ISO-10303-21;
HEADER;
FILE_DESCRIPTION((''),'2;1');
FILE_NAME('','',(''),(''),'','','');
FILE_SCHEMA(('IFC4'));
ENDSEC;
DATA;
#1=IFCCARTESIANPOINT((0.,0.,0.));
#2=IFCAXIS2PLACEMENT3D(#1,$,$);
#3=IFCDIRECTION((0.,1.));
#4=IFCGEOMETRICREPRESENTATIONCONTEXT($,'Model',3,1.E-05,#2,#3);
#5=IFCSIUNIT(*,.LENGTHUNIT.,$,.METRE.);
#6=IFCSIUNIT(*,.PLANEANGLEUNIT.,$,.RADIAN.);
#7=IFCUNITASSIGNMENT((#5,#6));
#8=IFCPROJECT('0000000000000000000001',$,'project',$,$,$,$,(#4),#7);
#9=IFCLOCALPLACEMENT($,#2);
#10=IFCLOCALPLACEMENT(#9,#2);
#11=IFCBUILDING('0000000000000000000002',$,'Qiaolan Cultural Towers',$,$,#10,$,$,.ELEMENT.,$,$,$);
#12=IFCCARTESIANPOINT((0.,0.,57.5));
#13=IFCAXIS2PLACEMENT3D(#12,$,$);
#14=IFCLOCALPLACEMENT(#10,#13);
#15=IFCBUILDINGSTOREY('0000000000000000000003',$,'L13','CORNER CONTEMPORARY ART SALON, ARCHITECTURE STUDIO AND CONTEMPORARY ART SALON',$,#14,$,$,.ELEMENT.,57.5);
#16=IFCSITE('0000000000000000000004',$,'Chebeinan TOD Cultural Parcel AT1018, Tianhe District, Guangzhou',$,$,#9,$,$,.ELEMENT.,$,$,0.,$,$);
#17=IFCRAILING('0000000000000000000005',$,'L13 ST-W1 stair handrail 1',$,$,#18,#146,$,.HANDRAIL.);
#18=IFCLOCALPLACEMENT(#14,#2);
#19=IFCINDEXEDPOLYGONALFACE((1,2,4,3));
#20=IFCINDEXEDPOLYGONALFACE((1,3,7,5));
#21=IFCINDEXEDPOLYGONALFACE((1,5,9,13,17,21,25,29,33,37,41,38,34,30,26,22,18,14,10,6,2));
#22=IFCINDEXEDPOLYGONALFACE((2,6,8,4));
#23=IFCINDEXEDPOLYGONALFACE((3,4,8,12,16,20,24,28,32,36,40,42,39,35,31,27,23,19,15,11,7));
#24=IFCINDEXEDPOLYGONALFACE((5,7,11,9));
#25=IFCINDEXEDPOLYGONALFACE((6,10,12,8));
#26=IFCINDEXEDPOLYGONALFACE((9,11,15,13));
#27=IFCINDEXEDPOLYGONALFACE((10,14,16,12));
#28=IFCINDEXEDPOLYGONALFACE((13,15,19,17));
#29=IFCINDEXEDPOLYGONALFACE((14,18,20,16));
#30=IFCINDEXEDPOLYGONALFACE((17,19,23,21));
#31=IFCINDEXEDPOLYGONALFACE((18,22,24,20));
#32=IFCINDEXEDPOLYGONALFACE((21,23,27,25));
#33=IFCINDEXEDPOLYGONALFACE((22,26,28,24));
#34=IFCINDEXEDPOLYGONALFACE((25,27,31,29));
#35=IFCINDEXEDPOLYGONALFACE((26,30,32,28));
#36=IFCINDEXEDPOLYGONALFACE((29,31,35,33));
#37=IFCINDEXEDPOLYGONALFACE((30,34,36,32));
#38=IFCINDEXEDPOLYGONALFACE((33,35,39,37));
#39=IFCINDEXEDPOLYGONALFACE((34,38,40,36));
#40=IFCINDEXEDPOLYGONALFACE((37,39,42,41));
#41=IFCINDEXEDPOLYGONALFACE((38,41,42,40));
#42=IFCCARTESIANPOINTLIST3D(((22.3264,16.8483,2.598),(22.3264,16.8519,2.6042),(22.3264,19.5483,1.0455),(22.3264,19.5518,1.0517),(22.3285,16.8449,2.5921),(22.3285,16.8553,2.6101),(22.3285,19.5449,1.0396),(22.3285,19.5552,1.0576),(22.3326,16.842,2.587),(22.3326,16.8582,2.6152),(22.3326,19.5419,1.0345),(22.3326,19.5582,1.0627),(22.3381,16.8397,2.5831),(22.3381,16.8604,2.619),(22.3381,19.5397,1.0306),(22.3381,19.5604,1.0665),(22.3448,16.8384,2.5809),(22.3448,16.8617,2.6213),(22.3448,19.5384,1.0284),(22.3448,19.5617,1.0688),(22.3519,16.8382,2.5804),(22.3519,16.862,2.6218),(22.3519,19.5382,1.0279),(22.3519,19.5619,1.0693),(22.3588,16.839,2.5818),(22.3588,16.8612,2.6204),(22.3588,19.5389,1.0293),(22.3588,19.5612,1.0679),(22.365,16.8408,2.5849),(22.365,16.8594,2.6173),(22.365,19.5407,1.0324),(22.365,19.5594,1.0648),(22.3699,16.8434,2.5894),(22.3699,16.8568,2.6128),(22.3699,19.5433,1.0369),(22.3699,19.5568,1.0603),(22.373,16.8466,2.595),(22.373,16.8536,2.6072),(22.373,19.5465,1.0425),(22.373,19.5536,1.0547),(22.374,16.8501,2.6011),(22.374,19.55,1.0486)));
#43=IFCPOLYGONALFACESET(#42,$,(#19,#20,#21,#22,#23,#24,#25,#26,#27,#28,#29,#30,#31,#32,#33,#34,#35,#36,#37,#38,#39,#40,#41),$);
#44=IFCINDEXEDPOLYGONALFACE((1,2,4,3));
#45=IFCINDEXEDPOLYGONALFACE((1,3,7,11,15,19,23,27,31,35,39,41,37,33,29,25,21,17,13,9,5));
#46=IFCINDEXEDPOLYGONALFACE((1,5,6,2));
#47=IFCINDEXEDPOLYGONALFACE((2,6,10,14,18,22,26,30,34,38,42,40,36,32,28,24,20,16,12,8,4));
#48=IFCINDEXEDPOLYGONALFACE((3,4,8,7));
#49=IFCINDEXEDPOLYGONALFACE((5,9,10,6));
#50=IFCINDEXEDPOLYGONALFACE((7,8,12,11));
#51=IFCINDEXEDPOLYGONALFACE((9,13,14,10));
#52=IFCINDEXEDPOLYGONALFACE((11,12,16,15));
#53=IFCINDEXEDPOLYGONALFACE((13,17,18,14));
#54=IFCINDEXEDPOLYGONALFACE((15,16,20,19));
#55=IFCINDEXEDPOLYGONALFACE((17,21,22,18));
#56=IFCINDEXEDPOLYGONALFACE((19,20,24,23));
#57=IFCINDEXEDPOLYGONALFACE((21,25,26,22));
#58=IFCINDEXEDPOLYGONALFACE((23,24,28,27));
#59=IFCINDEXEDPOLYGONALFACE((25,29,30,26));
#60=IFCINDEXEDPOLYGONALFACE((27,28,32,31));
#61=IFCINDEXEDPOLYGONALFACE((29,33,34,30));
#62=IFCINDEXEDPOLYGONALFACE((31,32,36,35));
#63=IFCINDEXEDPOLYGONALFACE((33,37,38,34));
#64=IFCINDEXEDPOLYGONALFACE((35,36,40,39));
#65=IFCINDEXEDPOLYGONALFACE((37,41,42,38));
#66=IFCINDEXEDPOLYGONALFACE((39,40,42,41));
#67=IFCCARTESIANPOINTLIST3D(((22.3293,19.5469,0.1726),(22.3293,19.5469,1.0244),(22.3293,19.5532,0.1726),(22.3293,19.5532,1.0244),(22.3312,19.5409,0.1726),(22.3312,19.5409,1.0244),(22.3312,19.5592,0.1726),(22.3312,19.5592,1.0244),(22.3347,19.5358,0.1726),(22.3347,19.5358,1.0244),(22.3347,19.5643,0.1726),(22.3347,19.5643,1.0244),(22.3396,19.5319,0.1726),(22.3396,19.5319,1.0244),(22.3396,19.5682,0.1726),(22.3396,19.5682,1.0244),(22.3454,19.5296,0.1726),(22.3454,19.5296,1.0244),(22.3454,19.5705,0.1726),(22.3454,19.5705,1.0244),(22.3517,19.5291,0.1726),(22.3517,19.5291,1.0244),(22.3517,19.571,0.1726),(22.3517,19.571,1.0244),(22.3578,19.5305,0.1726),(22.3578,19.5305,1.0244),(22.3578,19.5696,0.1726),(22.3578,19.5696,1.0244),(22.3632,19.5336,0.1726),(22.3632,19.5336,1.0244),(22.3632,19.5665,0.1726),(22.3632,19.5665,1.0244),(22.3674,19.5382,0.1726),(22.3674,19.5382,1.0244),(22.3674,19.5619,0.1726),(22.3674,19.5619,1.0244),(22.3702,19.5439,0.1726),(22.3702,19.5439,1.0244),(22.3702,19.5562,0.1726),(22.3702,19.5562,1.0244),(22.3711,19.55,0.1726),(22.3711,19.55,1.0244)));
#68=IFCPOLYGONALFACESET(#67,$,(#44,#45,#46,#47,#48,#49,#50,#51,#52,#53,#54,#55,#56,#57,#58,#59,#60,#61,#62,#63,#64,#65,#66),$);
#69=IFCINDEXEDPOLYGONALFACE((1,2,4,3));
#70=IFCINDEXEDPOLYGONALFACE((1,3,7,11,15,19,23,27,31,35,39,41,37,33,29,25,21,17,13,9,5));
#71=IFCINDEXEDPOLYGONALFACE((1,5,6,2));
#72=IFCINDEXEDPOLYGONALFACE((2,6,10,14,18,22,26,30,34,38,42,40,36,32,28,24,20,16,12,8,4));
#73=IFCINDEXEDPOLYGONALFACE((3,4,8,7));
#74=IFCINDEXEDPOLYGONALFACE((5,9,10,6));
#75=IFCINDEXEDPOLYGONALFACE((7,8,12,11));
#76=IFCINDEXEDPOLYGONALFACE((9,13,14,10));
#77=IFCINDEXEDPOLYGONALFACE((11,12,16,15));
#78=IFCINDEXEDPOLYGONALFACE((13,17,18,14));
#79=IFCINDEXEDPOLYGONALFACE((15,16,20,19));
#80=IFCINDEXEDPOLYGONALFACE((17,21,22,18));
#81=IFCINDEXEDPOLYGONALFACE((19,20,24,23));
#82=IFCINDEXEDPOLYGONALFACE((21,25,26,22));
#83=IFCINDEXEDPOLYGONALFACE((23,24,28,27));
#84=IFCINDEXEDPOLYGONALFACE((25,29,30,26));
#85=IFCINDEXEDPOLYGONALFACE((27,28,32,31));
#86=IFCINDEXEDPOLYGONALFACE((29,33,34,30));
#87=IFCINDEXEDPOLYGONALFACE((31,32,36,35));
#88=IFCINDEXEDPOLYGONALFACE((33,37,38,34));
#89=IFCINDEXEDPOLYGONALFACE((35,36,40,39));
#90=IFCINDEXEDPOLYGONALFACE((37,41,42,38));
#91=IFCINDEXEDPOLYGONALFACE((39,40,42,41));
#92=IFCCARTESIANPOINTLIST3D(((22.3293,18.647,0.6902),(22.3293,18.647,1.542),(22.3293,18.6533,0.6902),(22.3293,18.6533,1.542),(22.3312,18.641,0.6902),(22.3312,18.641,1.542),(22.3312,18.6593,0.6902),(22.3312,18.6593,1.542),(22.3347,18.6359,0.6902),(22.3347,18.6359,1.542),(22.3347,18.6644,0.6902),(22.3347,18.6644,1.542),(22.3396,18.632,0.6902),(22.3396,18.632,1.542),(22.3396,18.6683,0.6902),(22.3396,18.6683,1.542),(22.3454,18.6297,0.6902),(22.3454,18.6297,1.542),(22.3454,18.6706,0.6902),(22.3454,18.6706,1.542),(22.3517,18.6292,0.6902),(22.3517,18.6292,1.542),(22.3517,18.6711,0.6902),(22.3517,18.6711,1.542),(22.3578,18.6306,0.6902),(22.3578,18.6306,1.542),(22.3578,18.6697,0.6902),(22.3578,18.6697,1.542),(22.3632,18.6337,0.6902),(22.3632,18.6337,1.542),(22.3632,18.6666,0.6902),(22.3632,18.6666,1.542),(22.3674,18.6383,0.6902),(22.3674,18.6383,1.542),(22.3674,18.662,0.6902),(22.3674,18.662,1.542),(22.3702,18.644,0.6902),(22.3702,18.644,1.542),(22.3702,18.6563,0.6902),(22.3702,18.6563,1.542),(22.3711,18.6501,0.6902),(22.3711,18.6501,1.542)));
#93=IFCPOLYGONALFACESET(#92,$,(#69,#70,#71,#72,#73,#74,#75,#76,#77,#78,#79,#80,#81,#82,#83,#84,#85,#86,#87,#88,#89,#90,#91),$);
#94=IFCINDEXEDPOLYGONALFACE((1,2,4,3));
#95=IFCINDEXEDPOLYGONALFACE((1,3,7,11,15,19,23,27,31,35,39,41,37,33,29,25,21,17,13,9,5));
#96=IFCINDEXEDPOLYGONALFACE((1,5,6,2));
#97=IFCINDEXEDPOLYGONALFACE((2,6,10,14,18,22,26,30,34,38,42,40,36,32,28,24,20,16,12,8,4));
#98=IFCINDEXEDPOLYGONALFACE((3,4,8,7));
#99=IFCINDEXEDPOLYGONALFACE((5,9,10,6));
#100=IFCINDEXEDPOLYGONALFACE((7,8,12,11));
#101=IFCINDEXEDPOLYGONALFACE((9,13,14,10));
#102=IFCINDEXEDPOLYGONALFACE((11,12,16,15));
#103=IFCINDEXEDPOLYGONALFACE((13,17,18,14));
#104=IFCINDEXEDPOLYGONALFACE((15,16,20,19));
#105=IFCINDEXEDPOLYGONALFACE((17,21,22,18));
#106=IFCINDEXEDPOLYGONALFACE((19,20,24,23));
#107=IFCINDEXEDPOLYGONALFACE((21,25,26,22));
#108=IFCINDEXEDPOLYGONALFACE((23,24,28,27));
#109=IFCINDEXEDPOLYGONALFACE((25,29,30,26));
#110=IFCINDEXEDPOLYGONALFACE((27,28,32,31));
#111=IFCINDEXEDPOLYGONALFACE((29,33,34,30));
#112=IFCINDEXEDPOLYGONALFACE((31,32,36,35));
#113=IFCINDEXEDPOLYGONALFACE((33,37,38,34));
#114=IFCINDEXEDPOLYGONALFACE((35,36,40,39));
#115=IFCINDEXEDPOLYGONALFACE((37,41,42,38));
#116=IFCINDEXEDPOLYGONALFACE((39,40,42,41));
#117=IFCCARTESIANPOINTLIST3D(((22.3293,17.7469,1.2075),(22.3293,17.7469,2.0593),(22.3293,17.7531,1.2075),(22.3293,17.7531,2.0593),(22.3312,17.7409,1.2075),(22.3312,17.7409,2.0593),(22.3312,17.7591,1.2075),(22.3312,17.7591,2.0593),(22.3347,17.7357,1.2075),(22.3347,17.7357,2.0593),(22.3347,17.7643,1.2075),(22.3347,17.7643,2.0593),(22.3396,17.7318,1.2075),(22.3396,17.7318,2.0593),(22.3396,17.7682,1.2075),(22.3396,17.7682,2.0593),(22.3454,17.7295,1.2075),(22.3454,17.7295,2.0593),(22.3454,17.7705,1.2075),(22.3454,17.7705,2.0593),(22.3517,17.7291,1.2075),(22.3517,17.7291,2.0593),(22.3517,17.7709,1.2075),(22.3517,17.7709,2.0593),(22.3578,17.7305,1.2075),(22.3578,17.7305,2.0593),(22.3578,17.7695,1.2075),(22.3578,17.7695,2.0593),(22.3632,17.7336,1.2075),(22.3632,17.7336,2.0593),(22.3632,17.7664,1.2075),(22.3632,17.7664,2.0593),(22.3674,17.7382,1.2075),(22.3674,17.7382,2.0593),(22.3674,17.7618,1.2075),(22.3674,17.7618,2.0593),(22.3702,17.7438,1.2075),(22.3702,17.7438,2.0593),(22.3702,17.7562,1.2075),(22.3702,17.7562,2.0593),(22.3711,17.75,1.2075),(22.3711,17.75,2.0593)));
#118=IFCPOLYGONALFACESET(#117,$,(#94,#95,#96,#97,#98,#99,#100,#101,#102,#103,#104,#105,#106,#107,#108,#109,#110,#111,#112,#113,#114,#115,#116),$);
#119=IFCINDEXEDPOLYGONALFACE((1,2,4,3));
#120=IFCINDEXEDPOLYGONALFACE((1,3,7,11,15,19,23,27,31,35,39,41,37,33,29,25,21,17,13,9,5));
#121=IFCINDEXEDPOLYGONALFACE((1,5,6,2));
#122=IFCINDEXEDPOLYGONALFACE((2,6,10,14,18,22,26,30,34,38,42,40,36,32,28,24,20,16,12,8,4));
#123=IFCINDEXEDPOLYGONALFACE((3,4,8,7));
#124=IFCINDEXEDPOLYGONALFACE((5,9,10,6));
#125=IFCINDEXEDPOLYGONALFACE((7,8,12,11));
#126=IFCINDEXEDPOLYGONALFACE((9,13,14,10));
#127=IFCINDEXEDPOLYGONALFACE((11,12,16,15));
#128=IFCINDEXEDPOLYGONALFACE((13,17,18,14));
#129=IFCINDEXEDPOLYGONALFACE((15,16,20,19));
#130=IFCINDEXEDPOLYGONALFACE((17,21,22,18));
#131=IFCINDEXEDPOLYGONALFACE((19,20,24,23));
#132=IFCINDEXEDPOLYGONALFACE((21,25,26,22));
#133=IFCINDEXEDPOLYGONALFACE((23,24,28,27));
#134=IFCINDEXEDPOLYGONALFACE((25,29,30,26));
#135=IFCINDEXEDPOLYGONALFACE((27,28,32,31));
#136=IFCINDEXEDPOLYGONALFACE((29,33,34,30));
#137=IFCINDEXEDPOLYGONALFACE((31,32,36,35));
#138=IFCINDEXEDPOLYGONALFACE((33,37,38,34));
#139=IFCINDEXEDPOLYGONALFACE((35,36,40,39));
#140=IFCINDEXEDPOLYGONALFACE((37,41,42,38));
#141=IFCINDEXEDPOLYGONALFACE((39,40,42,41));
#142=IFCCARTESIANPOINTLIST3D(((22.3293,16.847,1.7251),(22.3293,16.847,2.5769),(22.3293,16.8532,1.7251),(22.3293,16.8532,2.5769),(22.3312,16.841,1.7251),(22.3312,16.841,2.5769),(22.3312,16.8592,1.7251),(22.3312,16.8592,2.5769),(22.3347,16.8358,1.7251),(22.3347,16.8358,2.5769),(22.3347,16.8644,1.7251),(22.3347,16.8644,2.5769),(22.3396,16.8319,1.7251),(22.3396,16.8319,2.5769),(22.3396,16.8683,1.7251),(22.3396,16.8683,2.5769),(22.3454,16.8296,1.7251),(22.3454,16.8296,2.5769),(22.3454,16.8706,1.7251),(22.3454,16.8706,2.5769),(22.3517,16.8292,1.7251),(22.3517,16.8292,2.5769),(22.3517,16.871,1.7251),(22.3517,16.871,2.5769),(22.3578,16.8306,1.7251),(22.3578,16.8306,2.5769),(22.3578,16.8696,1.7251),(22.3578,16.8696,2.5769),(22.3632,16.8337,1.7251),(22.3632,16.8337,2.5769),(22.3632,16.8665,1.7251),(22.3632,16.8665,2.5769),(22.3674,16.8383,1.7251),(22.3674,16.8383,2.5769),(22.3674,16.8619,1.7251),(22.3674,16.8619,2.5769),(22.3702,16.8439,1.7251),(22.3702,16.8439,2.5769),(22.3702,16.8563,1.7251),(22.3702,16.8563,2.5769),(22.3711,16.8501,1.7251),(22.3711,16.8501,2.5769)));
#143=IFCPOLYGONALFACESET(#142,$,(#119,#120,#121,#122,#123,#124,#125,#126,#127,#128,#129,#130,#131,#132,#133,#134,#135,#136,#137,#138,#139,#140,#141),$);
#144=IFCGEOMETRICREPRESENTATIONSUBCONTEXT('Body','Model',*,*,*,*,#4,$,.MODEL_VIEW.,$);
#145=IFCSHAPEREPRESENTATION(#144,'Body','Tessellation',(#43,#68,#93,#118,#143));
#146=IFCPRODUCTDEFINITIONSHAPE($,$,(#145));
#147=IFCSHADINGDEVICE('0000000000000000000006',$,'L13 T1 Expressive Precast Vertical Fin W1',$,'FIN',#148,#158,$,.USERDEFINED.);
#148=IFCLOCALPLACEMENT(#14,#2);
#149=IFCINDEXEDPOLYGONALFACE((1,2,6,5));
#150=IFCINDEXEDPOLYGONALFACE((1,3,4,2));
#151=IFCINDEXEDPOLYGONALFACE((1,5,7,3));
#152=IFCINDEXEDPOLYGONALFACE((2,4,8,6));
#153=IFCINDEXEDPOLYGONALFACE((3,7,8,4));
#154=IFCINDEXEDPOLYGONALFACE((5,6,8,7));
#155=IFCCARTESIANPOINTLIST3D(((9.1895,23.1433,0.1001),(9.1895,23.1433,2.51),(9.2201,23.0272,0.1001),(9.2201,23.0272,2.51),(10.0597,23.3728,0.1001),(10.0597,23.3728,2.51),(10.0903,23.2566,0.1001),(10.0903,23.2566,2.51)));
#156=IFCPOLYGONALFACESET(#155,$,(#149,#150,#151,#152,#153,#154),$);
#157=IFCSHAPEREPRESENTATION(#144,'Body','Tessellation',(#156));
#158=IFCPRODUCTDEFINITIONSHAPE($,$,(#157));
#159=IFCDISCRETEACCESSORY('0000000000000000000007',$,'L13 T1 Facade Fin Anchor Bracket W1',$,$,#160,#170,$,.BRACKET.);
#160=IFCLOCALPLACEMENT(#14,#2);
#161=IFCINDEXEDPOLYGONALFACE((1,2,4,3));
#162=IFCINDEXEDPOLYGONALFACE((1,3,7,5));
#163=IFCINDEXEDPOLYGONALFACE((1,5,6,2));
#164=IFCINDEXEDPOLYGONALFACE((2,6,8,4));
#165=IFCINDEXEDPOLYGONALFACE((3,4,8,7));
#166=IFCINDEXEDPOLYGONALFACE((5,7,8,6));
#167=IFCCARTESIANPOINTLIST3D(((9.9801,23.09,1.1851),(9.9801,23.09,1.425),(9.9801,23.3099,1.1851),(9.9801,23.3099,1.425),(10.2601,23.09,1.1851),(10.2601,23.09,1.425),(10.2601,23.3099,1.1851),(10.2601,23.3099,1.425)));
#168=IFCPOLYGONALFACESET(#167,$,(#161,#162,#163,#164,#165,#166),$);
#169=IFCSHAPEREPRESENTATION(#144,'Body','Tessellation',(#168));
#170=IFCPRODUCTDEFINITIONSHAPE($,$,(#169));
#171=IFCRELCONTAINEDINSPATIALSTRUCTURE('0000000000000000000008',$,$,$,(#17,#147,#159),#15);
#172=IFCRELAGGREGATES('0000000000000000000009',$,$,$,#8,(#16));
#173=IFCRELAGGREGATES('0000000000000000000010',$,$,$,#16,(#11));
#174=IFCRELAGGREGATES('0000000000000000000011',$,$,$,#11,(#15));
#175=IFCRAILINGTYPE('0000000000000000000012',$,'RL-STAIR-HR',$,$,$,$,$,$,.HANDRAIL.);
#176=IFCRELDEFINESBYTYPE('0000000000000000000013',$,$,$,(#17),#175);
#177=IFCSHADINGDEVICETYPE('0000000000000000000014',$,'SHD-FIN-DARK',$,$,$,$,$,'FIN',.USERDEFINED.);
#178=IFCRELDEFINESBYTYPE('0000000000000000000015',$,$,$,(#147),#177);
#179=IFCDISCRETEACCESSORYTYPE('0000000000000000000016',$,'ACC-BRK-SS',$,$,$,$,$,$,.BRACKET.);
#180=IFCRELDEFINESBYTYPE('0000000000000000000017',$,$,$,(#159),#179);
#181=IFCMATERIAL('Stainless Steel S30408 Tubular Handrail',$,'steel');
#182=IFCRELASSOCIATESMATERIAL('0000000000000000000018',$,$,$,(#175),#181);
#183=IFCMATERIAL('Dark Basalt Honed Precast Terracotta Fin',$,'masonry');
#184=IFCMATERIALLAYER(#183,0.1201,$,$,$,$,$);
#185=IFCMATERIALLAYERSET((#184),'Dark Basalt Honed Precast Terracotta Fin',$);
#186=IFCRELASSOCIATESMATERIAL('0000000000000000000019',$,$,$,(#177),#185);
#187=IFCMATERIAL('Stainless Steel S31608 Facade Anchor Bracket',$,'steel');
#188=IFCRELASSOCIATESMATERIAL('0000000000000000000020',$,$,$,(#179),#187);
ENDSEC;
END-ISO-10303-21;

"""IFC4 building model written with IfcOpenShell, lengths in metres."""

from ifc_helpers import new_model, si_unit, direction, frame, origin, origin_2d, place, context, subcontext, project, spatial, rectangle, circle, extrude, material, layer, layer_set, type_object, element, save


model = new_model("IFC4")

# Units and contexts
model_context = context("Model", 3, precision=1e-05, world=origin(), true_north=direction((0.0, 1.0)))
body_context = subcontext(model_context, "Body", "Model", "MODEL_VIEW")
ifc_project = project(units=[si_unit("LENGTHUNIT", "METRE"), si_unit("PLANEANGLEUNIT", "RADIAN")], contexts=[model_context])

# Site, building, storey
site_placement = place(None, origin())
site = spatial("IfcSite", under=ifc_project, at=site_placement, Name="Chebeinan TOD Cultural Parcel AT1018, Tianhe District, Guangzhou", CompositionType="ELEMENT", RefElevation=0.0)
building_placement = place(site_placement, origin())
building = spatial("IfcBuilding", under=site, at=building_placement, Name="Qiaolan Cultural Towers", CompositionType="ELEMENT")
storey_placement = place(building_placement, frame((0.0, 0.0, 57.5)))
storey = spatial("IfcBuildingStorey", under=building, at=storey_placement, Name="L13", Description="CORNER CONTEMPORARY ART SALON, ARCHITECTURE STUDIO AND CONTEMPORARY ART SALON", CompositionType="ELEMENT", Elevation=57.5)

# Railing
ifc_material_1 = material(Name="Stainless Steel S30408 Tubular Handrail", Category="steel")
railing_type = type_object("IfcRailingType", Name="RL-STAIR-HR", PredefinedType="HANDRAIL", material=ifc_material_1)
railing_placement = place(storey_placement, frame((22.3501, 19.55, 0.1726)))
element("IfcRailing", 1, at=railing_placement, inside=storey, type_object=railing_type, Name="L13 ST-W1 stair handrail 1", PredefinedType="HANDRAIL", context=body_context, shape_type="SweptSolid", body=[
    extrude(circle(Radius=0.0239, at=origin_2d()), frame((0.0, 0.0, 0.876), z_axis=(0.0, -0.866904, 0.498476), x_axis=(1.0, 0.0, 0.0)), (0.0, 0.0, 1.0), 3.1145),
    extrude(circle(Radius=0.021, at=origin_2d()), origin(), (0.0, 0.0, 1.0), 0.8518),
    extrude(circle(Radius=0.021, at=origin_2d()), frame((0.0, -0.8999, 0.5176)), (0.0, 0.0, 1.0), 0.8518),
    extrude(circle(Radius=0.021, at=origin_2d()), frame((0.0, -1.8, 1.0349)), (0.0, 0.0, 1.0), 0.8518),
    extrude(circle(Radius=0.021, at=origin_2d()), frame((0.0, -2.7, 1.5525)), (0.0, 0.0, 1.0), 0.8518),
])

# Shading device
ifc_material_2 = material(Name="Dark Basalt Honed Precast Terracotta Fin", Category="masonry")
ifc_layer_1 = layer(ifc_material_2, 0.1201)
ifc_layer_set_1 = layer_set([ifc_layer_1], Name="Dark Basalt Honed Precast Terracotta Fin")
shading_device_type = type_object("IfcShadingDeviceType", Name="SHD-FIN-DARK", ElementType="FIN", PredefinedType="USERDEFINED", material=ifc_layer_set_1)
shading_device_placement = place(storey_placement, frame((9.6399, 23.2, 0.1001), z_axis=(0.0, 0.0, 1.0), x_axis=(0.966948, 0.254975, 0.0)))
element("IfcShadingDevice", 2, at=shading_device_placement, inside=storey, type_object=shading_device_type, Name="L13 T1 Expressive Precast Vertical Fin W1", ObjectType="FIN", PredefinedType="USERDEFINED", context=body_context, shape_type="SweptSolid", body=[
    extrude(rectangle(XDim=0.8999, YDim=0.1201, at=origin_2d()), origin(), (0.0, 0.0, 1.0), 2.4099),
])

# Discrete accessory
ifc_material_3 = material(Name="Stainless Steel S31608 Facade Anchor Bracket", Category="steel")
discrete_accessory_type = type_object("IfcDiscreteAccessoryType", Name="ACC-BRK-SS", PredefinedType="BRACKET", material=ifc_material_3)
discrete_accessory_placement = place(storey_placement, frame((10.1201, 23.2, 1.1851), z_axis=(0.0, 0.0, 1.0), x_axis=(1.0, 0.0, 0.0)))
element("IfcDiscreteAccessory", 3, at=discrete_accessory_placement, inside=storey, type_object=discrete_accessory_type, Name="L13 T1 Facade Fin Anchor Bracket W1", PredefinedType="BRACKET", context=body_context, shape_type="SweptSolid", body=[
    extrude(rectangle(XDim=0.28, YDim=0.22, at=origin_2d()), origin(), (0.0, 0.0, 1.0), 0.24),
])

save(model, "model.ifc")
